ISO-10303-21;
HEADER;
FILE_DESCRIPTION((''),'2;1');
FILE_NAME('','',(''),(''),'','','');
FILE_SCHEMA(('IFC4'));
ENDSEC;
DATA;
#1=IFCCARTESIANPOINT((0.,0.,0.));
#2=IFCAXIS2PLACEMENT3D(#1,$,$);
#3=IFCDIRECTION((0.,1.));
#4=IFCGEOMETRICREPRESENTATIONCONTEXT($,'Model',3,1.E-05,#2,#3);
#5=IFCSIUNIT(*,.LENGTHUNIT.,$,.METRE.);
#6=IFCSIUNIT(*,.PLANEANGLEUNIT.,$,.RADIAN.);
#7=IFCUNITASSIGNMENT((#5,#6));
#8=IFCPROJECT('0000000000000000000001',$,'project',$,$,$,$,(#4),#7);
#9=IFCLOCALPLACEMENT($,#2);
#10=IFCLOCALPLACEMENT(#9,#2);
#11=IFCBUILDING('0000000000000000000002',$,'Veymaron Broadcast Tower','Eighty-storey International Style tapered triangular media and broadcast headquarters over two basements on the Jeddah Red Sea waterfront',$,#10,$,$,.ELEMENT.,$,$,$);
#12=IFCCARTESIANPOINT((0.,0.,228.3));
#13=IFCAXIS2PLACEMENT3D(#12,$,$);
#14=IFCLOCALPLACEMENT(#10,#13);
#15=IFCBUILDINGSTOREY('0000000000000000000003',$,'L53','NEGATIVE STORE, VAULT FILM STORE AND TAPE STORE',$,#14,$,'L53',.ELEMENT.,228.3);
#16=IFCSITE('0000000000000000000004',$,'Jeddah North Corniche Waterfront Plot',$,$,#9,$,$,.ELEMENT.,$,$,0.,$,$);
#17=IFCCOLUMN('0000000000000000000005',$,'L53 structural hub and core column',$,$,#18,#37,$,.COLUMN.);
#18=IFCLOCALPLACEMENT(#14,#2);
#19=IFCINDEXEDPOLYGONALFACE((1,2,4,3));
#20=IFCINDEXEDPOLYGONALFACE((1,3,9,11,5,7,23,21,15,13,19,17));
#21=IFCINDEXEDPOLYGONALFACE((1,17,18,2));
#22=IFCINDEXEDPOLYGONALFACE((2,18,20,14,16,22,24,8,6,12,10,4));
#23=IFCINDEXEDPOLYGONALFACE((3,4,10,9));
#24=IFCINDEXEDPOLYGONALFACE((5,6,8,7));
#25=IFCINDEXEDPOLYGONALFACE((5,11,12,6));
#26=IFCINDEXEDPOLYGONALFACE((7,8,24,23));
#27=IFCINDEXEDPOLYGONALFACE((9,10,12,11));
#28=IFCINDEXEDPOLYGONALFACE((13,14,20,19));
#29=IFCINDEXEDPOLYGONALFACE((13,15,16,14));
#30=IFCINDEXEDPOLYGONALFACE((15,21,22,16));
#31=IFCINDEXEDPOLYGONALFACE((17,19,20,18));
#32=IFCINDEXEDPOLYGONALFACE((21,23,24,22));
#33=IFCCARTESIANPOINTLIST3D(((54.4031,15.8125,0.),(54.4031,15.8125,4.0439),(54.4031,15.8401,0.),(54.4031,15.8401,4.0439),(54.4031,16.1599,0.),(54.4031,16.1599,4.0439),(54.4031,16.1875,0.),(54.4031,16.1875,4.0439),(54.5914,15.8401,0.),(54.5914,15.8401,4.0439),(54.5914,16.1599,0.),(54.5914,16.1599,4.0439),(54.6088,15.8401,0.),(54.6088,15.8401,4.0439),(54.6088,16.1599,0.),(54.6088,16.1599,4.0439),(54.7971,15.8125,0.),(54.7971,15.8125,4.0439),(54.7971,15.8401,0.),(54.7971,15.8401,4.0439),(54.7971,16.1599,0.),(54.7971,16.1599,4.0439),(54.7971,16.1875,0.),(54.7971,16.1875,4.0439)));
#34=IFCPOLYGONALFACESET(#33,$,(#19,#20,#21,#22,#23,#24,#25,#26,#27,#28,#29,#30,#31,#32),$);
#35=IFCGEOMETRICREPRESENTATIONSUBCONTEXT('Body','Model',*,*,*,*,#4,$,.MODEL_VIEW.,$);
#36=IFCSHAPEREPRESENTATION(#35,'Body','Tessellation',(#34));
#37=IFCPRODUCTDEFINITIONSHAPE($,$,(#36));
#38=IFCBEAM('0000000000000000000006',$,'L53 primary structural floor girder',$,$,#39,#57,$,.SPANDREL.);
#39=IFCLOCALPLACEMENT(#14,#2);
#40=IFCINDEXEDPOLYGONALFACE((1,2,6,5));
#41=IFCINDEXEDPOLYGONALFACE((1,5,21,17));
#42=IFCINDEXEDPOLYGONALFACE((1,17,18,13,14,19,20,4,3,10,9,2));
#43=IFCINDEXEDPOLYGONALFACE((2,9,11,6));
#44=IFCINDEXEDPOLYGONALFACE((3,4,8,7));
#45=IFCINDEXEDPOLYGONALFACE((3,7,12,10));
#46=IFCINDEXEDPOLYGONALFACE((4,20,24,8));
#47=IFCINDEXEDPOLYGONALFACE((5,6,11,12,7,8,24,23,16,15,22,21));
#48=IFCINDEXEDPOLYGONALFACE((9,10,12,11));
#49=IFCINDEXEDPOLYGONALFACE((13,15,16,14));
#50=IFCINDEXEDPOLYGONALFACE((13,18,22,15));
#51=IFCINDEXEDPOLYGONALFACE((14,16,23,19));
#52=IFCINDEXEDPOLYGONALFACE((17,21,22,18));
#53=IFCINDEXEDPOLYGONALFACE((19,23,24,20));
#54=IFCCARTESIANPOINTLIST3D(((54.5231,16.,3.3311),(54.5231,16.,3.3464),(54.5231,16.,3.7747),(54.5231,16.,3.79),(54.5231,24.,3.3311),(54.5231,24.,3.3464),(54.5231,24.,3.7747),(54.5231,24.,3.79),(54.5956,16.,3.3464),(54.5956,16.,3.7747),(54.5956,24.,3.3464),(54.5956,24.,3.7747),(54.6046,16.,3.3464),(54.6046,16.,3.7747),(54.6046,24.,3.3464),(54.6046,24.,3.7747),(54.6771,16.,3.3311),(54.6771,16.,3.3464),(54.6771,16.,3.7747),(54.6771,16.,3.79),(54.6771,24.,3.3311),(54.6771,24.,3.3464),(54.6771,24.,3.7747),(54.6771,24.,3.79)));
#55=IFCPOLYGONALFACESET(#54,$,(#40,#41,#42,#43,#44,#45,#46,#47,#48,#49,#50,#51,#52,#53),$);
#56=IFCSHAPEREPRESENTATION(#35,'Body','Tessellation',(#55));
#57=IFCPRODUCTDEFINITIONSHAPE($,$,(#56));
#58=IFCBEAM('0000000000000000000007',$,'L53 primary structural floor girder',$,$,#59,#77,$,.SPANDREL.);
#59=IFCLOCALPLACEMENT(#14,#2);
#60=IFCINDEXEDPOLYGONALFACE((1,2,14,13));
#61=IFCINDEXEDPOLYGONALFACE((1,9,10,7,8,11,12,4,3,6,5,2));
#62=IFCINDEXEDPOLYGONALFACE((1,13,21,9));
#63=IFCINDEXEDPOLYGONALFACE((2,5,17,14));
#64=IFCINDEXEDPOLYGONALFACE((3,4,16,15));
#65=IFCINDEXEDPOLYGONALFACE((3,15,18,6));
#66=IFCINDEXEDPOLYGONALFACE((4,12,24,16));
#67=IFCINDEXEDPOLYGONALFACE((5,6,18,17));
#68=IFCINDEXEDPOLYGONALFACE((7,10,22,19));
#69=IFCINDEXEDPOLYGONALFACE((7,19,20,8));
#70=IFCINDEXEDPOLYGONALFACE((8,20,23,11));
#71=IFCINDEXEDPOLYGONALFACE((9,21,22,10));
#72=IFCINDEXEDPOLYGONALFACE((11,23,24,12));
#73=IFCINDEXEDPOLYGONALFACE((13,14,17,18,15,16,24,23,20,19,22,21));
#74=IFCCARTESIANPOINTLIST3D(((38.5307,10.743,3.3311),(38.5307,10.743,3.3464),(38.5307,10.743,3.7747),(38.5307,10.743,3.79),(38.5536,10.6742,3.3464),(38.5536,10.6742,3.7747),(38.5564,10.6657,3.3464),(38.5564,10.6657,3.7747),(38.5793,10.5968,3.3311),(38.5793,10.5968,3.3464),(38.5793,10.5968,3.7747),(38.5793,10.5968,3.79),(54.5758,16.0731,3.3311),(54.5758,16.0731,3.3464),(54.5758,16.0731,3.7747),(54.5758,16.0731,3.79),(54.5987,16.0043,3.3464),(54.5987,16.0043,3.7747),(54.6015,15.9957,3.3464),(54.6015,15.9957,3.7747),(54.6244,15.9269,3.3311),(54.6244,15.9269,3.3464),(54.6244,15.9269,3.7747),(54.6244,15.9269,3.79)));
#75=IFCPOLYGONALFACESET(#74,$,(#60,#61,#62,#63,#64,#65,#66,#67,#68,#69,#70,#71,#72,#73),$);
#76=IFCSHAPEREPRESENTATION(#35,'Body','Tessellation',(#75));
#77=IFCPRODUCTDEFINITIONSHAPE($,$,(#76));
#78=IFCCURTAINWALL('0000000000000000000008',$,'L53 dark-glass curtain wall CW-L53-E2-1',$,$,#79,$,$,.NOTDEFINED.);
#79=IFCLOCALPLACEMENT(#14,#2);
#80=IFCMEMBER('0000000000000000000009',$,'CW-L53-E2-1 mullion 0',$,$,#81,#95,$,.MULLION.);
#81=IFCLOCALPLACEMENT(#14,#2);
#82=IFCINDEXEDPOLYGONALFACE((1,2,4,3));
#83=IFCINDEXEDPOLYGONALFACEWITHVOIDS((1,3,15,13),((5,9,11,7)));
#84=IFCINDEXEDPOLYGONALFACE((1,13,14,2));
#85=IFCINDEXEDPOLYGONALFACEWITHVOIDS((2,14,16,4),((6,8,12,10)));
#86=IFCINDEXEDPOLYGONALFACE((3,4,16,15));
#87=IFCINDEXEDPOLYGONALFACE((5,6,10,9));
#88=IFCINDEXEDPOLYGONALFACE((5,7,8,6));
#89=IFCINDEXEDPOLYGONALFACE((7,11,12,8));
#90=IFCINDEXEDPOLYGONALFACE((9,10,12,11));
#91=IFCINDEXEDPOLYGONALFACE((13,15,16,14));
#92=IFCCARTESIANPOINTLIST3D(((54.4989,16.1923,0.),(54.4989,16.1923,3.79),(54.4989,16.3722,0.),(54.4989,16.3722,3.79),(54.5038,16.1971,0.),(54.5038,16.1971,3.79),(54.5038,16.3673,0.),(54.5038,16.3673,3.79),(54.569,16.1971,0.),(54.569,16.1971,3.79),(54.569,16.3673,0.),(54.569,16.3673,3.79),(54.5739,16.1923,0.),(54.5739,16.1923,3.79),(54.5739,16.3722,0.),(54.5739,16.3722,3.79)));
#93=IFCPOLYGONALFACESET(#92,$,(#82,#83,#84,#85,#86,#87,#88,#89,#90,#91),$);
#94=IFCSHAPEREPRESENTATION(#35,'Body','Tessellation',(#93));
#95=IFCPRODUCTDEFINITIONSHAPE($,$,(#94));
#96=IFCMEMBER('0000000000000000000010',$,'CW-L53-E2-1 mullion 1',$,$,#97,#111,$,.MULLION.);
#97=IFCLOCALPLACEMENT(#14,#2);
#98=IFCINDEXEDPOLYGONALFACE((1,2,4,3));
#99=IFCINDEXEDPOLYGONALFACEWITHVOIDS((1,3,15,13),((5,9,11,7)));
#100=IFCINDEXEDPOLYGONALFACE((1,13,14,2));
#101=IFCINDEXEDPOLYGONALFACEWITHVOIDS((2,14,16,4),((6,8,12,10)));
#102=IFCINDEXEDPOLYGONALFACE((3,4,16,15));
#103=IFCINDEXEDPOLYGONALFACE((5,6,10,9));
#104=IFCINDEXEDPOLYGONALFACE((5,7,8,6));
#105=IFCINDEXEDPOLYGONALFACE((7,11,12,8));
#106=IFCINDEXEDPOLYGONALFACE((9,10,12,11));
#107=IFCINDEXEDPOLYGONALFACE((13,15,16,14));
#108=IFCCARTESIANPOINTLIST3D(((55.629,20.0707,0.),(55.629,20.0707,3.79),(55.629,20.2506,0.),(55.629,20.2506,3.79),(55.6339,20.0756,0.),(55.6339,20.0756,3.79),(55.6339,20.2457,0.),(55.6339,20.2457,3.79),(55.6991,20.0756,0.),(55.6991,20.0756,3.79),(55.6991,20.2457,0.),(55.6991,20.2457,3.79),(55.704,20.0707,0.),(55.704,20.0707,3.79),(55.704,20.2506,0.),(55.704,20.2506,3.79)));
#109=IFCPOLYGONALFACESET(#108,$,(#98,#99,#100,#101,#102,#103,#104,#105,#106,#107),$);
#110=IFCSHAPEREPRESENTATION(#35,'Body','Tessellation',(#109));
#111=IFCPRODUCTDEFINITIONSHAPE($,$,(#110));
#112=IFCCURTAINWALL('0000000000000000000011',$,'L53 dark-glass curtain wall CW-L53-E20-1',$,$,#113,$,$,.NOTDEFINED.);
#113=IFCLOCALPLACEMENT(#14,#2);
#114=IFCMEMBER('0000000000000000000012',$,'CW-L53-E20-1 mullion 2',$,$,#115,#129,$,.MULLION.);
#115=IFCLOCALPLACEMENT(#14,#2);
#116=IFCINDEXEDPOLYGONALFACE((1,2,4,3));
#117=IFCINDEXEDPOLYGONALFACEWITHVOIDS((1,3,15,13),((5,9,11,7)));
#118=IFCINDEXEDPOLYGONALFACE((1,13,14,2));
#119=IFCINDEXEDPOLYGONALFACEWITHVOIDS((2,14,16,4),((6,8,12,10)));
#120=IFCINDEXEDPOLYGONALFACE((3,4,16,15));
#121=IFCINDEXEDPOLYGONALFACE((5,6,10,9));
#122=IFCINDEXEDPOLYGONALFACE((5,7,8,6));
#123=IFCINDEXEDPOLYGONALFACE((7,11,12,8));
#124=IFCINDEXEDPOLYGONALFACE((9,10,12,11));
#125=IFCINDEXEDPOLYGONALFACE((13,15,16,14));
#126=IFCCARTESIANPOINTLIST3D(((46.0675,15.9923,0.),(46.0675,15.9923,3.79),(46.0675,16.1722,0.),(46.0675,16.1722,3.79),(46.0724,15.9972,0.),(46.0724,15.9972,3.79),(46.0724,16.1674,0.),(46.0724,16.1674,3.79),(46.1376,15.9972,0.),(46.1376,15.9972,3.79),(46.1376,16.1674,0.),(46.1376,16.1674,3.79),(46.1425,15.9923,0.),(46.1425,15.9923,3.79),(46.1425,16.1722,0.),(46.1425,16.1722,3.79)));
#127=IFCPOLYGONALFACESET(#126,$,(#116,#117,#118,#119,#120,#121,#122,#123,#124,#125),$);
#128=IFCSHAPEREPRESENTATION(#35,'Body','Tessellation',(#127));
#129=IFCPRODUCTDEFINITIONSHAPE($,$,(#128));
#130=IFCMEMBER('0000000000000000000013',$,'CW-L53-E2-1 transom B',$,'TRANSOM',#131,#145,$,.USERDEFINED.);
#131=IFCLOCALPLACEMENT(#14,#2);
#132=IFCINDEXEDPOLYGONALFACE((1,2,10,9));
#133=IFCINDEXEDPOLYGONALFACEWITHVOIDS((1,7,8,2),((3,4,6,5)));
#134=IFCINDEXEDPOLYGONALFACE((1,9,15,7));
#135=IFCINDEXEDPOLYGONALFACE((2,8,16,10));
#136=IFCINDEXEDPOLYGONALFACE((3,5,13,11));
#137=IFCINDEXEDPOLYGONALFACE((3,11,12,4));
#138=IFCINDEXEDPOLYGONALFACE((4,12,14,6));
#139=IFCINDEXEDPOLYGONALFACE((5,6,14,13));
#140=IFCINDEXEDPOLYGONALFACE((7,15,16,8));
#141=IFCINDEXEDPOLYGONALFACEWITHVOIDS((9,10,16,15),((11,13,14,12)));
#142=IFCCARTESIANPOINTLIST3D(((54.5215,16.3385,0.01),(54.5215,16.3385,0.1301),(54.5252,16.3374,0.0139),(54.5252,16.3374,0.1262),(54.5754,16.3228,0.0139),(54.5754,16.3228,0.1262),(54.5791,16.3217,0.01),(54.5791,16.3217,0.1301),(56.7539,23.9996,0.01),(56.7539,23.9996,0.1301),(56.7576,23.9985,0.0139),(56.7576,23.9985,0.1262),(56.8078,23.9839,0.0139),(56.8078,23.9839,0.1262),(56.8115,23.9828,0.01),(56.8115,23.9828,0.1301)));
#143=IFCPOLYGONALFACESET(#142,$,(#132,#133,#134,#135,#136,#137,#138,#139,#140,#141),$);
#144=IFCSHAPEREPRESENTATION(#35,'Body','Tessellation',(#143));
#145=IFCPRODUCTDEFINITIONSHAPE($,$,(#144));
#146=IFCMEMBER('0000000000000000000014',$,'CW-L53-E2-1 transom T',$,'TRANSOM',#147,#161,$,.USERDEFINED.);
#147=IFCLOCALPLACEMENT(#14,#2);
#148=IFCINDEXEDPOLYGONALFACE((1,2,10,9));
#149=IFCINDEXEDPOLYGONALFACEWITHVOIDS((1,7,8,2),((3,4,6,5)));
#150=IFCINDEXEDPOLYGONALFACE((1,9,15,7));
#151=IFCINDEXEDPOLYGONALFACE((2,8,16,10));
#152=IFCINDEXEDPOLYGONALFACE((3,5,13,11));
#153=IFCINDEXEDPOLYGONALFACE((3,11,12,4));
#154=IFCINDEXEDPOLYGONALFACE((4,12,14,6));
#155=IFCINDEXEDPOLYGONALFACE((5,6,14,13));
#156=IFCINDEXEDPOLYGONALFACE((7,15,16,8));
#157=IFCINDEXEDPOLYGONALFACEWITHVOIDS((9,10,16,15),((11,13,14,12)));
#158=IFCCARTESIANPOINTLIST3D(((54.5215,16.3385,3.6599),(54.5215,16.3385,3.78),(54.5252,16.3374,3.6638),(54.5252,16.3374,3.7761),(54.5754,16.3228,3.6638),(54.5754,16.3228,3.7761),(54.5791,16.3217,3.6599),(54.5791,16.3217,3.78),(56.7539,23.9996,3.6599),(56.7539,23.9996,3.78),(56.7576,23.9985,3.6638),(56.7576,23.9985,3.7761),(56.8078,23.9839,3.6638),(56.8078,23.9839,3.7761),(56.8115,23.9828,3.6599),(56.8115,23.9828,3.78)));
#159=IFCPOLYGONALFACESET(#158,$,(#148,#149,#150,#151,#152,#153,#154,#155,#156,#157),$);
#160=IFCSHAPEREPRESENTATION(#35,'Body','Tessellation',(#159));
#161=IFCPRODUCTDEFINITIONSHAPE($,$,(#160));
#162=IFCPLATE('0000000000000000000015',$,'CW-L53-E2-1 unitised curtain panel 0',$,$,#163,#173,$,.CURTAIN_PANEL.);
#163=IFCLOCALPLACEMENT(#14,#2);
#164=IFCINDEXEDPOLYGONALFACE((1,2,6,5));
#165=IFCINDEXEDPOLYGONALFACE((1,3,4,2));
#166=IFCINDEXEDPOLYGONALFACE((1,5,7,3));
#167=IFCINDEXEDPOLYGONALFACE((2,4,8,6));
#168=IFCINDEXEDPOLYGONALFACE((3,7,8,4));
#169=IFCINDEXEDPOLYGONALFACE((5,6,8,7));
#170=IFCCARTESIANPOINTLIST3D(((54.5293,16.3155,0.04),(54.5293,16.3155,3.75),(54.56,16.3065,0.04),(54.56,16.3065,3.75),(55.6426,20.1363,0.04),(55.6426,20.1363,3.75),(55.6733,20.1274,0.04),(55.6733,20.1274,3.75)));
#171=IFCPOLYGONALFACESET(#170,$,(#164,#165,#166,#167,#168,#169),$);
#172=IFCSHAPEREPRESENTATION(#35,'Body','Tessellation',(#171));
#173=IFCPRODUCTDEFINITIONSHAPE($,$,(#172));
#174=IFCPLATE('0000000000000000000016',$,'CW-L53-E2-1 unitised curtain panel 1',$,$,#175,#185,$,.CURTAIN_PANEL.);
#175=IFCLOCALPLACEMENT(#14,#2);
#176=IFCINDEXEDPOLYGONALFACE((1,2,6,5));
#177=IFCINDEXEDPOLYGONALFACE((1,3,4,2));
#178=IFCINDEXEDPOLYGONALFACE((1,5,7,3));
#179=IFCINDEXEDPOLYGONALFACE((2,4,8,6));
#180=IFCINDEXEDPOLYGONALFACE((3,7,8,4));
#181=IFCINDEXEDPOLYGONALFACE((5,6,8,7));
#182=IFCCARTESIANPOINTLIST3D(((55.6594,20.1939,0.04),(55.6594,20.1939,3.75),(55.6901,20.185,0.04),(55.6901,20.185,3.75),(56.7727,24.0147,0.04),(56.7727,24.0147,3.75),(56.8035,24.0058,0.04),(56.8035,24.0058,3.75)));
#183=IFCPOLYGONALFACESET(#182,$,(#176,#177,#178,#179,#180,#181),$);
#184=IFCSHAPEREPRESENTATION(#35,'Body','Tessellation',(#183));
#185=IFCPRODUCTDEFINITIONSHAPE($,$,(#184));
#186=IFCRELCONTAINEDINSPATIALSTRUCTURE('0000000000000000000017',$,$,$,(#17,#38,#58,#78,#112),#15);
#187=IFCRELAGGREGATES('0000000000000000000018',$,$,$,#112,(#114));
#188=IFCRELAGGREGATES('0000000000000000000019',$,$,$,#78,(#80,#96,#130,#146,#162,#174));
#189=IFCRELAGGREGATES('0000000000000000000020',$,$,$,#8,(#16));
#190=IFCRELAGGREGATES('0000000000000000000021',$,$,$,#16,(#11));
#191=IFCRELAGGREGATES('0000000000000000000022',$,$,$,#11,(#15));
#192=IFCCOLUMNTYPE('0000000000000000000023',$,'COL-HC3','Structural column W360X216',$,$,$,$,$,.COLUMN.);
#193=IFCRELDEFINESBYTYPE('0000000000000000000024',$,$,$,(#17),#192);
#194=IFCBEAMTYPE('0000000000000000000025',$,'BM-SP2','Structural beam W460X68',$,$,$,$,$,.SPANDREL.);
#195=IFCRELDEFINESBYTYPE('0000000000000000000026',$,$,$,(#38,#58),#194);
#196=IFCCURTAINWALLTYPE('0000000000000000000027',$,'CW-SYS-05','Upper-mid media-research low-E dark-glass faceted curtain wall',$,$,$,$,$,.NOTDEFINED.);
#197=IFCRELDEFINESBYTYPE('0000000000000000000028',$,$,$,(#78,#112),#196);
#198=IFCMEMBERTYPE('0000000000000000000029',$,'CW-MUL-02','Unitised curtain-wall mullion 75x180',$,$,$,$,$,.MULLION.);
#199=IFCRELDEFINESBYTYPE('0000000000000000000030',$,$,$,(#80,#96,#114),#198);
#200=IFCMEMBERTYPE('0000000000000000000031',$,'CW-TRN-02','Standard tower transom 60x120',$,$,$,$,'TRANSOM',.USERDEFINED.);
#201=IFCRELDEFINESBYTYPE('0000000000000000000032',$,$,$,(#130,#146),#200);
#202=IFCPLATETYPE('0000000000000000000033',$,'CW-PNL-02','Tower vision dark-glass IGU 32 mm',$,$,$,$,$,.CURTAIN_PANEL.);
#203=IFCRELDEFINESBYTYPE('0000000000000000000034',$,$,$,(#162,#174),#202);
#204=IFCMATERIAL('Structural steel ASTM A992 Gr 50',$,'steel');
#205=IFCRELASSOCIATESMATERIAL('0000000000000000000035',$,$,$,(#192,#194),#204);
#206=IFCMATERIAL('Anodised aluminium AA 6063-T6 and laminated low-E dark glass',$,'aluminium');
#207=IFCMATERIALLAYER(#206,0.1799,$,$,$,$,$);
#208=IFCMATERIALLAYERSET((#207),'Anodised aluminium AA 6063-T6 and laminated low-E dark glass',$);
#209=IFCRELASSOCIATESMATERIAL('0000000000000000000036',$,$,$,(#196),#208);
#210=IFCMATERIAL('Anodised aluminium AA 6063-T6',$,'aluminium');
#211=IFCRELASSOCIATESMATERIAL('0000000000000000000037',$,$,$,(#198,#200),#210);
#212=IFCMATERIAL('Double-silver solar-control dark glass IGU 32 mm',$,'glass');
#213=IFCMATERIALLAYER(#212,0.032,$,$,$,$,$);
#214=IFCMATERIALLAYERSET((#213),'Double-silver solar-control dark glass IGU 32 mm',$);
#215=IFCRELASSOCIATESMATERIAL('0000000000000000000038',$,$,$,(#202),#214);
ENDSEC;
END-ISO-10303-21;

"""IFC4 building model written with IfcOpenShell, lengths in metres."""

from ifc_helpers import new_model, si_unit, direction, frame, origin, origin_2d, place, context, subcontext, project, spatial, rectangle, hollow_rectangle, i_section, extrude, material, layer, layer_set, material_profile, profile_set, type_object, element, aggregate, save


model = new_model("IFC4")

# Units and contexts
model_context = context("Model", 3, precision=1e-05, world=origin(), true_north=direction((0.0, 1.0)))
body_context = subcontext(model_context, "Body", "Model", "MODEL_VIEW")
ifc_project = project(units=[si_unit("LENGTHUNIT", "METRE"), si_unit("PLANEANGLEUNIT", "RADIAN")], contexts=[model_context])

# Site, building, storey
site_placement = place(None, origin())
site = spatial("IfcSite", under=ifc_project, at=site_placement, Name="Jeddah North Corniche Waterfront Plot", CompositionType="ELEMENT", RefElevation=0.0)
building_placement = place(site_placement, origin())
building = spatial("IfcBuilding", under=site, at=building_placement, Name="Veymaron Broadcast Tower", Description="Eighty-storey International Style tapered triangular media and broadcast headquarters over two basements on the Jeddah Red Sea waterfront", CompositionType="ELEMENT")
storey_placement = place(building_placement, frame((0.0, 0.0, 228.3)))
storey = spatial("IfcBuildingStorey", under=building, at=storey_placement, Name="L53", Description="NEGATIVE STORE, VAULT FILM STORE AND TAPE STORE", LongName="L53", CompositionType="ELEMENT", Elevation=228.3)

# Column
ifc_material_1 = material(Name="Structural steel ASTM A992 Gr 50", Category="steel")
ifc_material_profile_1 = material_profile(ifc_material_1, i_section(OverallWidth=0.394, OverallDepth=0.375, WebThickness=0.0173, FlangeThickness=0.0276, at=origin_2d()), Name="W360X216")
ifc_profile_set_1 = profile_set([ifc_material_profile_1], Name="Structural steel ASTM A992 Gr 50")
column_type = type_object("IfcColumnType", Name="COL-HC3", Description="Structural column W360X216", PredefinedType="COLUMN", material=ifc_profile_set_1)
column_placement = place(storey_placement, frame((54.6001, 16.0, 0.0), z_axis=(0.0, 0.0, 1.0), x_axis=(1.0, 0.0, 0.0)))
element("IfcColumn", 1, at=column_placement, inside=storey, type_object=column_type, Name="L53 structural hub and core column", PredefinedType="COLUMN", context=body_context, shape_type="SweptSolid", body=[
    extrude(i_section(OverallWidth=0.394, OverallDepth=0.375, WebThickness=0.0173, FlangeThickness=0.0276, at=origin_2d()), origin(), (0.0, 0.0, 1.0), 4.0439),
])

# Beams
ifc_material_profile_2 = material_profile(ifc_material_1, i_section(OverallWidth=0.1541, OverallDepth=0.459, WebThickness=0.009, FlangeThickness=0.0154, at=origin_2d()), Name="W460X68")
ifc_profile_set_2 = profile_set([ifc_material_profile_2], Name="Structural steel ASTM A992 Gr 50")
beam_type = type_object("IfcBeamType", Name="BM-SP2", Description="Structural beam W460X68", PredefinedType="SPANDREL", material=ifc_profile_set_2)
beam_1_placement = place(storey_placement, frame((54.6001, 16.0, 3.5605), z_axis=(0.0, 1.0, 0.0), x_axis=(-1.0, 0.0, 0.0)))
element("IfcBeam", 2, at=beam_1_placement, inside=storey, type_object=beam_type, Name="L53 primary structural floor girder", PredefinedType="SPANDREL", context=body_context, shape_type="SweptSolid", body=[
    extrude(i_section(OverallWidth=0.1541, OverallDepth=0.459, WebThickness=0.009, FlangeThickness=0.0154, at=origin_2d()), origin(), (0.0, 0.0, 1.0), 8.0),
])
beam_2_placement = place(storey_placement, frame((54.6001, 16.0, 3.5605), z_axis=(-0.949008, -0.315253, 0.0), x_axis=(0.315253, -0.949008, 0.0)))
element("IfcBeam", 3, at=beam_2_placement, inside=storey, type_object=beam_type, Name="L53 primary structural floor girder", PredefinedType="SPANDREL", context=body_context, shape_type="SweptSolid", body=[
    extrude(i_section(OverallWidth=0.1541, OverallDepth=0.459, WebThickness=0.009, FlangeThickness=0.0154, at=origin_2d()), origin(), (0.0, 0.0, 1.0), 16.9072),
])

# Curtain wall, members
ifc_material_2 = material(Name="Anodised aluminium AA 6063-T6 and laminated low-E dark glass", Category="aluminium")
ifc_layer_1 = layer(ifc_material_2, 0.1799)
ifc_layer_set_1 = layer_set([ifc_layer_1], Name="Anodised aluminium AA 6063-T6 and laminated low-E dark glass")
curtain_wall_type = type_object("IfcCurtainWallType", Name="CW-SYS-05", Description="Upper-mid media-research low-E dark-glass faceted curtain wall", PredefinedType="NOTDEFINED", material=ifc_layer_set_1)
curtain_wall_1_placement = place(storey_placement, origin())
curtain_wall_1 = element("IfcCurtainWall", 4, at=curtain_wall_1_placement, inside=storey, type_object=curtain_wall_type, Name="L53 dark-glass curtain wall CW-L53-E2-1", PredefinedType="NOTDEFINED")
ifc_material_3 = material(Name="Anodised aluminium AA 6063-T6", Category="aluminium")
ifc_material_profile_3 = material_profile(ifc_material_3, hollow_rectangle(XDim=0.075, YDim=0.1799, WallThickness=0.0049, at=origin_2d()), Name="AL180X75X5")
ifc_profile_set_3 = profile_set([ifc_material_profile_3], Name="Anodised aluminium AA 6063-T6")
member_type_1 = type_object("IfcMemberType", Name="CW-MUL-02", Description="Unitised curtain-wall mullion 75x180", PredefinedType="MULLION", material=ifc_profile_set_3)
member_1_placement = place(storey_placement, frame((54.5364, 16.2822, 0.0), z_axis=(0.0, 0.0, 1.0), x_axis=(1.0, 0.0, 0.0)))
member_1 = element("IfcMember", 5, at=member_1_placement, type_object=member_type_1, Name="CW-L53-E2-1 mullion 0", PredefinedType="MULLION", context=body_context, shape_type="SweptSolid", body=[
    extrude(hollow_rectangle(XDim=0.075, YDim=0.1799, WallThickness=0.0049, at=origin_2d()), origin(), (0.0, 0.0, 1.0), 3.79),
])
member_2_placement = place(storey_placement, frame((55.6665, 20.1606, 0.0), z_axis=(0.0, 0.0, 1.0), x_axis=(1.0, 0.0, 0.0)))
member_2 = element("IfcMember", 6, at=member_2_placement, type_object=member_type_1, Name="CW-L53-E2-1 mullion 1", PredefinedType="MULLION", context=body_context, shape_type="SweptSolid", body=[
    extrude(hollow_rectangle(XDim=0.075, YDim=0.1799, WallThickness=0.0049, at=origin_2d()), origin(), (0.0, 0.0, 1.0), 3.79),
])

# Curtain wall, member
curtain_wall_2_placement = place(storey_placement, origin())
curtain_wall_2 = element("IfcCurtainWall", 7, at=curtain_wall_2_placement, inside=storey, type_object=curtain_wall_type, Name="L53 dark-glass curtain wall CW-L53-E20-1", PredefinedType="NOTDEFINED")
member_3_placement = place(storey_placement, frame((46.105, 16.0823, 0.0), z_axis=(0.0, 0.0, 1.0), x_axis=(1.0, 0.0, 0.0)))
member_3 = element("IfcMember", 8, at=member_3_placement, type_object=member_type_1, Name="CW-L53-E20-1 mullion 2", PredefinedType="MULLION", context=body_context, shape_type="SweptSolid", body=[
    extrude(hollow_rectangle(XDim=0.075, YDim=0.1799, WallThickness=0.0049, at=origin_2d()), origin(), (0.0, 0.0, 1.0), 3.79),
])
aggregate(curtain_wall_2, [member_3])

# Members
ifc_material_profile_4 = material_profile(ifc_material_3, hollow_rectangle(XDim=0.0601, YDim=0.1201, WallThickness=0.0039, at=origin_2d()), Name="AL120X60X4")
ifc_profile_set_4 = profile_set([ifc_material_profile_4], Name="Anodised aluminium AA 6063-T6")
member_type_2 = type_object("IfcMemberType", Name="CW-TRN-02", Description="Standard tower transom 60x120", ElementType="TRANSOM", PredefinedType="USERDEFINED", material=ifc_profile_set_4)
member_4_placement = place(storey_placement, frame((54.5503, 16.3301, 0.0701), z_axis=(0.27976, 0.96007, 0.0), x_axis=(-0.96007, 0.27976, 0.0)))
member_4 = element("IfcMember", 9, at=member_4_placement, type_object=member_type_2, Name="CW-L53-E2-1 transom B", ObjectType="TRANSOM", PredefinedType="USERDEFINED", context=body_context, shape_type="SweptSolid", body=[
    extrude(hollow_rectangle(XDim=0.0601, YDim=0.1201, WallThickness=0.0039, at=origin_2d()), origin(), (0.0, 0.0, 1.0), 7.9797),
])
member_5_placement = place(storey_placement, frame((54.5503, 16.3301, 3.72), z_axis=(0.27976, 0.96007, 0.0), x_axis=(-0.96007, 0.27976, 0.0)))
member_5 = element("IfcMember", 10, at=member_5_placement, type_object=member_type_2, Name="CW-L53-E2-1 transom T", ObjectType="TRANSOM", PredefinedType="USERDEFINED", context=body_context, shape_type="SweptSolid", body=[
    extrude(hollow_rectangle(XDim=0.0601, YDim=0.1201, WallThickness=0.0039, at=origin_2d()), origin(), (0.0, 0.0, 1.0), 7.9797),
])

# Plates
ifc_material_4 = material(Name="Double-silver solar-control dark glass IGU 32 mm", Category="glass")
ifc_layer_2 = layer(ifc_material_4, 0.032)
ifc_layer_set_2 = layer_set([ifc_layer_2], Name="Double-silver solar-control dark glass IGU 32 mm")
plate_type = type_object("IfcPlateType", Name="CW-PNL-02", Description="Tower vision dark-glass IGU 32 mm", PredefinedType="CURTAIN_PANEL", material=ifc_layer_set_2)
plate_1_placement = place(storey_placement, frame((55.1013, 18.2214, 0.04), z_axis=(0.0, 0.0, 1.0), x_axis=(0.279745, 0.960074, 0.0)))
plate_1 = element("IfcPlate", 11, at=plate_1_placement, type_object=plate_type, Name="CW-L53-E2-1 unitised curtain panel 0", PredefinedType="CURTAIN_PANEL", context=body_context, shape_type="SweptSolid", body=[
    extrude(rectangle(XDim=3.9797, YDim=0.032, at=origin_2d()), origin(), (0.0, 0.0, 1.0), 3.71),
])
plate_2_placement = place(storey_placement, frame((56.2314, 22.0999, 0.04), z_axis=(0.0, 0.0, 1.0), x_axis=(0.279745, 0.960074, 0.0)))
plate_2 = element("IfcPlate", 12, at=plate_2_placement, type_object=plate_type, Name="CW-L53-E2-1 unitised curtain panel 1", PredefinedType="CURTAIN_PANEL", context=body_context, shape_type="SweptSolid", body=[
    extrude(rectangle(XDim=3.9797, YDim=0.032, at=origin_2d()), origin(), (0.0, 0.0, 1.0), 3.71),
])
aggregate(curtain_wall_1, [member_1, member_2, member_4, member_5, plate_1, plate_2])

save(model, "model.ifc")
